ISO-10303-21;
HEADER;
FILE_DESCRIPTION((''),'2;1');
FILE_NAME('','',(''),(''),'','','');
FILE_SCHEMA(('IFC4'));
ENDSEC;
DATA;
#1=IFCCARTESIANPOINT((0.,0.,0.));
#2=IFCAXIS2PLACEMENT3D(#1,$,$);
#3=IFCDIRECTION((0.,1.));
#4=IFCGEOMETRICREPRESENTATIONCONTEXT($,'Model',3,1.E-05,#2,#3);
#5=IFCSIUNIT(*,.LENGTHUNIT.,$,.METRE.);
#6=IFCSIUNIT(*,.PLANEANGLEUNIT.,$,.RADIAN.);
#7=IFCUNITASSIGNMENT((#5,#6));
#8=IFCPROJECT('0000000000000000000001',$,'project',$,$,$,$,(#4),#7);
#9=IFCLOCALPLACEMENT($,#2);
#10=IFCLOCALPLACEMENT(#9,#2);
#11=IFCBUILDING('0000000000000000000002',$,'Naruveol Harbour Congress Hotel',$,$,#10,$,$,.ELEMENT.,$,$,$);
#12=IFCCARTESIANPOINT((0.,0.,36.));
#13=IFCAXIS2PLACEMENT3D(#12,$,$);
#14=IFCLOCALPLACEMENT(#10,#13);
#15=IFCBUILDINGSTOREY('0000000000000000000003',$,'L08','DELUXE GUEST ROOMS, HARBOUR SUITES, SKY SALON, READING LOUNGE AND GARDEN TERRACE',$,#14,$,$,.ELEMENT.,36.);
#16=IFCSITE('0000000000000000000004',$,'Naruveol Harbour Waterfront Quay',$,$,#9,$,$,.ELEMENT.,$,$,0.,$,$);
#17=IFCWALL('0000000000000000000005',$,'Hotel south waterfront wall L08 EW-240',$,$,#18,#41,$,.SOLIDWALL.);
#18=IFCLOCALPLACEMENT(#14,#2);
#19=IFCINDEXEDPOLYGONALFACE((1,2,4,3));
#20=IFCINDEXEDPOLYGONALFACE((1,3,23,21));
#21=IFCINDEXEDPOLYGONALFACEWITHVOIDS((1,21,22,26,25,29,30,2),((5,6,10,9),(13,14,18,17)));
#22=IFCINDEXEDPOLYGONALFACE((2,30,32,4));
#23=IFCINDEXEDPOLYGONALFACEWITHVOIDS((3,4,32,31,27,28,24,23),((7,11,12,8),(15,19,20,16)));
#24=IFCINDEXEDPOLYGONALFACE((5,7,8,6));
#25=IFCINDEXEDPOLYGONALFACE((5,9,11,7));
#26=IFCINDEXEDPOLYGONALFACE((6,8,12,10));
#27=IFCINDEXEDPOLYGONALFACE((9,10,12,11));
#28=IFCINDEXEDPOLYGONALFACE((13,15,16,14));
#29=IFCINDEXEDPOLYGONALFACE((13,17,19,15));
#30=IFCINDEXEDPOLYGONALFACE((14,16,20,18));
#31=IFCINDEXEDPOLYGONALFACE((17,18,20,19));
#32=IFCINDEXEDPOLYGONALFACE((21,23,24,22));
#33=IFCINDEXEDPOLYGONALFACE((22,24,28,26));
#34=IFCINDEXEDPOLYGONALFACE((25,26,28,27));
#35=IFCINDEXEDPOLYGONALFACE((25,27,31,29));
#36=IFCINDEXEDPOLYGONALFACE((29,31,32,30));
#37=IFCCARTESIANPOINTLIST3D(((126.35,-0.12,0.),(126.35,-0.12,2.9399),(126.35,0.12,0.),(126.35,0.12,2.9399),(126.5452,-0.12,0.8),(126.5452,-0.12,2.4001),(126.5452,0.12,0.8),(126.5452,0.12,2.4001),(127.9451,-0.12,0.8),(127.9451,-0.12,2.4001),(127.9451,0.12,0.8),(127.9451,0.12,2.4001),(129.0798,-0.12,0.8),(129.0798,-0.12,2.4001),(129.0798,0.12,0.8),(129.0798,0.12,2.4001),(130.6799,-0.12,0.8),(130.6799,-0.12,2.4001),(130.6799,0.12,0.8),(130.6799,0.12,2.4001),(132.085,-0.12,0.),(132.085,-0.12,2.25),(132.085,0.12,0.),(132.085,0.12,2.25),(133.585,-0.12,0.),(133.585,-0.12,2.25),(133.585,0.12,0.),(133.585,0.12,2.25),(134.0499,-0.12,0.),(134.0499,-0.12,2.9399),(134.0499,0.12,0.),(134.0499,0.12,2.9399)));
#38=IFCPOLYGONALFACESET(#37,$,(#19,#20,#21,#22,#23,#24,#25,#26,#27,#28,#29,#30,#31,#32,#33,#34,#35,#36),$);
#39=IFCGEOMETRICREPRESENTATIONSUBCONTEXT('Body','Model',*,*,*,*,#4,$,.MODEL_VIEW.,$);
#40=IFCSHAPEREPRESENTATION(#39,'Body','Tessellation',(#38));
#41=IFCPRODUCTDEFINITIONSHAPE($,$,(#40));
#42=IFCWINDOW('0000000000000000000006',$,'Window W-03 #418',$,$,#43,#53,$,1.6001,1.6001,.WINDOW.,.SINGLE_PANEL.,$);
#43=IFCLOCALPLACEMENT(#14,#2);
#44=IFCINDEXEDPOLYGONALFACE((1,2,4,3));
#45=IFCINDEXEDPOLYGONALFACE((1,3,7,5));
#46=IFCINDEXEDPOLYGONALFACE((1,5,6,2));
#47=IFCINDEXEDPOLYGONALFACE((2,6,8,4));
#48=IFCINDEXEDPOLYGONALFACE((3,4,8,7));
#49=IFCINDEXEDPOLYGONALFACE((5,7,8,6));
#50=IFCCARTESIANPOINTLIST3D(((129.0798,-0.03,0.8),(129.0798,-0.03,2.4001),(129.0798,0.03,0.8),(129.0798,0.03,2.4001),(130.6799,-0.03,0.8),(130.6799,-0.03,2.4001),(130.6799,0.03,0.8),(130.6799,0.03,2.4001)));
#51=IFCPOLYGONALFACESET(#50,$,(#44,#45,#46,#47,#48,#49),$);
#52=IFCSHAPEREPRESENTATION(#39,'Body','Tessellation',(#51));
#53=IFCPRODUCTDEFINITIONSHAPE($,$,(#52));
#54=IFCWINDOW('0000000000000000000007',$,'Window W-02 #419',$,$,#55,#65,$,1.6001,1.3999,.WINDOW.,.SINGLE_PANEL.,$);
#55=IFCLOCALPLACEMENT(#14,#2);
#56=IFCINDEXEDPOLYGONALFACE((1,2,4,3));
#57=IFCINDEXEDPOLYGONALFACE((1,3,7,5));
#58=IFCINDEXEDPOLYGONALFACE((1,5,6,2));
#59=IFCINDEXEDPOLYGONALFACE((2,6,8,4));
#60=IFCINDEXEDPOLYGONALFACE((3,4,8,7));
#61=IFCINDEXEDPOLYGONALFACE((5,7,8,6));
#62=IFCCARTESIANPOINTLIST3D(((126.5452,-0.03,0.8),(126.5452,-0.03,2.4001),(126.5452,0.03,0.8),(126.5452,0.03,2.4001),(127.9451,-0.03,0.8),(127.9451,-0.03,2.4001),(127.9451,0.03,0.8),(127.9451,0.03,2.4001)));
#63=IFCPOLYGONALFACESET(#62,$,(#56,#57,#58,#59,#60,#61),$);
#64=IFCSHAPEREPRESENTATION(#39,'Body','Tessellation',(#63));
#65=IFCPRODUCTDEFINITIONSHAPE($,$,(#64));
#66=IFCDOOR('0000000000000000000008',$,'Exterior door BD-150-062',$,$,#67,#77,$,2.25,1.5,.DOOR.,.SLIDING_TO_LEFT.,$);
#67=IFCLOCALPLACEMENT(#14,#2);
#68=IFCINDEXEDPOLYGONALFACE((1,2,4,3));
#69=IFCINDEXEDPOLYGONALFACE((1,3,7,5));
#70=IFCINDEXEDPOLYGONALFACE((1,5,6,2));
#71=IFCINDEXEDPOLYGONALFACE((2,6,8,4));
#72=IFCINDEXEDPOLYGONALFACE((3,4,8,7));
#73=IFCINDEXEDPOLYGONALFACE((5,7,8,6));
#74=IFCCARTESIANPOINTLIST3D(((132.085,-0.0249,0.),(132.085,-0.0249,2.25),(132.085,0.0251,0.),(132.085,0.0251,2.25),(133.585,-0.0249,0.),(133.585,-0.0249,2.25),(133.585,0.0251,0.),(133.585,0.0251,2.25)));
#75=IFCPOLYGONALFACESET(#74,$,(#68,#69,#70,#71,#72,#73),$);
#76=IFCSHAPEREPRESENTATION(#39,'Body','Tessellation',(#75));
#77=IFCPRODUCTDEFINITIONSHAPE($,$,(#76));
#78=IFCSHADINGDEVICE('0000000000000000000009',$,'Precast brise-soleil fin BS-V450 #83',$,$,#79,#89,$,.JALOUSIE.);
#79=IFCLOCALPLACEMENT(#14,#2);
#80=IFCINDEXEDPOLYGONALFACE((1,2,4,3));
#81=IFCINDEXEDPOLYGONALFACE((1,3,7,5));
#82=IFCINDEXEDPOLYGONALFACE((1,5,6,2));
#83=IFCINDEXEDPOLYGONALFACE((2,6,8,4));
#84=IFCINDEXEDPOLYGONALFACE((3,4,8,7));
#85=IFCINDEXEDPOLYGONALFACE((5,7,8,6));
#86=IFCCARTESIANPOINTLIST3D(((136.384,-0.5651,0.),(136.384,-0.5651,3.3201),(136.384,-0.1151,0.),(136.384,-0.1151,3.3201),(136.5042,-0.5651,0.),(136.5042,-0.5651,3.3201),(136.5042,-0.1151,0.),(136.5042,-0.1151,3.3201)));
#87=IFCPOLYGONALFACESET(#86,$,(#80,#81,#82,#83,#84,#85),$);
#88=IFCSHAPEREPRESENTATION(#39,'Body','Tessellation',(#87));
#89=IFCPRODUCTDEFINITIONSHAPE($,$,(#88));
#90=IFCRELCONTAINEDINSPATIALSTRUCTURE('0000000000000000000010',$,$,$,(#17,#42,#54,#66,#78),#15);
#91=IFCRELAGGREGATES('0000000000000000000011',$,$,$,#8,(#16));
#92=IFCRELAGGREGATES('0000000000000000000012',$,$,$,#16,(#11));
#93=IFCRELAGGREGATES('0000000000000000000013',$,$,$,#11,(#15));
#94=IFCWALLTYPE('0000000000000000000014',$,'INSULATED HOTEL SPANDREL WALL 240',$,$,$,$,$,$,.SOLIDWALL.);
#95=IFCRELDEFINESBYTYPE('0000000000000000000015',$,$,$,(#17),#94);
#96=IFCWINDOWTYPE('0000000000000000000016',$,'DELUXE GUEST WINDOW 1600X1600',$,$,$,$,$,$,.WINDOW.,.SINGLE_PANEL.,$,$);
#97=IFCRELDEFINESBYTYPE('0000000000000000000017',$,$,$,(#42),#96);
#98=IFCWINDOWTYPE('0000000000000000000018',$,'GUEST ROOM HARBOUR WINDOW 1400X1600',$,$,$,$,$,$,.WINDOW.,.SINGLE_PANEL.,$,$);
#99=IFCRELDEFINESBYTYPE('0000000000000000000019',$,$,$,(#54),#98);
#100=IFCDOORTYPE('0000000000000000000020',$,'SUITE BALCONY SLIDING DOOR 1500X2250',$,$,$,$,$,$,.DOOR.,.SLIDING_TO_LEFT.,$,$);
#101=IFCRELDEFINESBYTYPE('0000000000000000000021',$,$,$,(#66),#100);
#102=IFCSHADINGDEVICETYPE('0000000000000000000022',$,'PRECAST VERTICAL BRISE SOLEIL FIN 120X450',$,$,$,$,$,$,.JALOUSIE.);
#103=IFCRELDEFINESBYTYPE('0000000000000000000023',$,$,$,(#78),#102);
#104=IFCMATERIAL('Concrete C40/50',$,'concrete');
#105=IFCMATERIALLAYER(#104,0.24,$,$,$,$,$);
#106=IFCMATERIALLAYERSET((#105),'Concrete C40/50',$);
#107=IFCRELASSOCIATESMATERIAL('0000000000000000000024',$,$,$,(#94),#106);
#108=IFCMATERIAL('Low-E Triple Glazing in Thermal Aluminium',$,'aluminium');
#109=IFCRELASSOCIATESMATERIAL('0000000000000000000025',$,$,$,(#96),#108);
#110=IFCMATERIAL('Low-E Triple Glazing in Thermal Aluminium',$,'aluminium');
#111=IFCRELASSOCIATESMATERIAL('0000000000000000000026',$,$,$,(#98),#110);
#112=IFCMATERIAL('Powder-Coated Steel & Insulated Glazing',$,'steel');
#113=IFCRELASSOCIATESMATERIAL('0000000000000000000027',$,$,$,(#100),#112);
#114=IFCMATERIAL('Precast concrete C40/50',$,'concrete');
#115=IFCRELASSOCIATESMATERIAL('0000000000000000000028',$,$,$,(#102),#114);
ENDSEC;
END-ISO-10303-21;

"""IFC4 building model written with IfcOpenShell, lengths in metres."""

from ifc_helpers import new_model, si_unit, direction, frame, frame_2d, origin, origin_2d, place, context, subcontext, project, spatial, rectangle, extrude, material, layer, layer_set, type_object, element, fill, save


model = new_model("IFC4")

# Units and contexts
model_context = context("Model", 3, precision=1e-05, world=origin(), true_north=direction((0.0, 1.0)))
body_context = subcontext(model_context, "Body", "Model", "MODEL_VIEW")
ifc_project = project(units=[si_unit("LENGTHUNIT", "METRE"), si_unit("PLANEANGLEUNIT", "RADIAN")], contexts=[model_context])

# Site, building, storey
site_placement = place(None, origin())
site = spatial("IfcSite", under=ifc_project, at=site_placement, Name="Naruveol Harbour Waterfront Quay", CompositionType="ELEMENT", RefElevation=0.0)
building_placement = place(site_placement, origin())
building = spatial("IfcBuilding", under=site, at=building_placement, Name="Naruveol Harbour Congress Hotel", CompositionType="ELEMENT")
storey_placement = place(building_placement, frame((0.0, 0.0, 36.0)))
storey = spatial("IfcBuildingStorey", under=building, at=storey_placement, Name="L08", Description="DELUXE GUEST ROOMS, HARBOUR SUITES, SKY SALON, READING LOUNGE AND GARDEN TERRACE", CompositionType="ELEMENT", Elevation=36.0)

# Wall, openings, windows, door
ifc_material_1 = material(Name="Concrete C40/50", Category="concrete")
ifc_layer_1 = layer(ifc_material_1, 0.24)
ifc_layer_set_1 = layer_set([ifc_layer_1], Name="Concrete C40/50")
wall_type_1 = type_object("IfcWallType", Name="INSULATED HOTEL SPANDREL WALL 240", PredefinedType="SOLIDWALL", material=ifc_layer_set_1)
wall_1_placement = place(storey_placement, frame((134.05, 0.0, 0.0), z_axis=(0.0, 0.0, 1.0), x_axis=(-1.0, 0.0, 0.0)))
wall_1 = element("IfcWall", 1, at=wall_1_placement, inside=storey, type_object=wall_type_1, Name="Hotel south waterfront wall L08 EW-240", PredefinedType="SOLIDWALL", context=body_context, shape_type="SweptSolid", body=[
    extrude(rectangle(XDim=7.7, YDim=0.24, at=frame_2d((3.8501, 0.0))), origin(), (0.0, 0.0, 1.0), 2.9399),
])
opening_1_placement = place(wall_1_placement, frame((0.4651, 0.0, 0.0)))
opening_1 = element("IfcOpeningElement", 2, at=opening_1_placement, cuts=wall_1, PredefinedType="OPENING", context=body_context, shape_type="SweptSolid", body=[
    extrude(rectangle(XDim=1.5, YDim=2.25, at=frame_2d((0.75, 1.125))), frame((0.0, 0.1299, 0.0), z_axis=(0.0, -1.0, 0.0), x_axis=(1.0, 0.0, 0.0)), (0.0, 0.0, 1.0), 0.26),
])
opening_2_placement = place(wall_1_placement, frame((3.3701, 0.0, 0.8)))
opening_2 = element("IfcOpeningElement", 3, at=opening_2_placement, cuts=wall_1, PredefinedType="OPENING", context=body_context, shape_type="SweptSolid", body=[
    extrude(rectangle(XDim=1.6001, YDim=1.6001, at=frame_2d((0.8, 0.8))), frame((0.0, 0.1299, 0.0), z_axis=(0.0, -1.0, 0.0), x_axis=(1.0, 0.0, 0.0)), (0.0, 0.0, 1.0), 0.26),
])
opening_3_placement = place(wall_1_placement, frame((6.105, 0.0, 0.8)))
opening_3 = element("IfcOpeningElement", 4, at=opening_3_placement, cuts=wall_1, PredefinedType="OPENING", context=body_context, shape_type="SweptSolid", body=[
    extrude(rectangle(XDim=1.3999, YDim=1.6001, at=frame_2d((0.7, 0.8))), frame((0.0, 0.1299, 0.0), z_axis=(0.0, -1.0, 0.0), x_axis=(1.0, 0.0, 0.0)), (0.0, 0.0, 1.0), 0.26),
])
ifc_material_2 = material(Name="Low-E Triple Glazing in Thermal Aluminium", Category="aluminium")
window_type_1 = type_object("IfcWindowType", Name="DELUXE GUEST WINDOW 1600X1600", PartitioningType="SINGLE_PANEL", PredefinedType="WINDOW", material=ifc_material_2)
window_1_placement = place(opening_2_placement, origin())
window_1 = element("IfcWindow", 5, at=window_1_placement, inside=storey, type_object=window_type_1, Name="Window W-03 #418", OverallHeight=1.6001, OverallWidth=1.6001, PartitioningType="SINGLE_PANEL", PredefinedType="WINDOW", context=body_context, shape_type="SweptSolid", body=[
    extrude(rectangle(XDim=1.6001, YDim=1.6001, at=frame_2d((0.8, 0.8))), frame((0.0, 0.03, 0.0), z_axis=(0.0, -1.0, 0.0), x_axis=(1.0, 0.0, 0.0)), (0.0, 0.0, 1.0), 0.0601),
])
fill(opening_2, window_1)
ifc_material_3 = material(Name="Low-E Triple Glazing in Thermal Aluminium", Category="aluminium")
window_type_2 = type_object("IfcWindowType", Name="GUEST ROOM HARBOUR WINDOW 1400X1600", PartitioningType="SINGLE_PANEL", PredefinedType="WINDOW", material=ifc_material_3)
window_2_placement = place(opening_3_placement, origin())
window_2 = element("IfcWindow", 6, at=window_2_placement, inside=storey, type_object=window_type_2, Name="Window W-02 #419", OverallHeight=1.6001, OverallWidth=1.3999, PartitioningType="SINGLE_PANEL", PredefinedType="WINDOW", context=body_context, shape_type="SweptSolid", body=[
    extrude(rectangle(XDim=1.3999, YDim=1.6001, at=frame_2d((0.7, 0.8))), frame((0.0, 0.03, 0.0), z_axis=(0.0, -1.0, 0.0), x_axis=(1.0, 0.0, 0.0)), (0.0, 0.0, 1.0), 0.0601),
])
fill(opening_3, window_2)
ifc_material_4 = material(Name="Powder-Coated Steel & Insulated Glazing", Category="steel")
door_type_1 = type_object("IfcDoorType", Name="SUITE BALCONY SLIDING DOOR 1500X2250", OperationType="SLIDING_TO_LEFT", PredefinedType="DOOR", material=ifc_material_4)
door_1_placement = place(opening_1_placement, origin())
door_1 = element("IfcDoor", 7, at=door_1_placement, inside=storey, type_object=door_type_1, Name="Exterior door BD-150-062", OperationType="SLIDING_TO_LEFT", OverallHeight=2.25, OverallWidth=1.5, PredefinedType="DOOR", context=body_context, shape_type="SweptSolid", body=[
    extrude(rectangle(XDim=1.5, YDim=2.25, at=frame_2d((0.75, 1.125))), frame((0.0, 0.0249, 0.0), z_axis=(0.0, -1.0, 0.0), x_axis=(1.0, 0.0, 0.0)), (0.0, 0.0, 1.0), 0.05),
])
fill(opening_1, door_1)

# Shading device
ifc_material_5 = material(Name="Precast concrete C40/50", Category="concrete")
shading_device_type = type_object("IfcShadingDeviceType", Name="PRECAST VERTICAL BRISE SOLEIL FIN 120X450", PredefinedType="JALOUSIE", material=ifc_material_5)
shading_device_placement = place(storey_placement, frame((136.4441, -0.3401, 0.0), z_axis=(0.0, 0.0, 1.0), x_axis=(-1.0, 0.0, 0.0)))
element("IfcShadingDevice", 8, at=shading_device_placement, inside=storey, type_object=shading_device_type, Name="Precast brise-soleil fin BS-V450 #83", PredefinedType="JALOUSIE", context=body_context, shape_type="SweptSolid", body=[
    extrude(rectangle(XDim=0.1201, YDim=0.45, at=origin_2d()), origin(), (0.0, 0.0, 1.0), 3.3201),
])

save(model, "model.ifc")
